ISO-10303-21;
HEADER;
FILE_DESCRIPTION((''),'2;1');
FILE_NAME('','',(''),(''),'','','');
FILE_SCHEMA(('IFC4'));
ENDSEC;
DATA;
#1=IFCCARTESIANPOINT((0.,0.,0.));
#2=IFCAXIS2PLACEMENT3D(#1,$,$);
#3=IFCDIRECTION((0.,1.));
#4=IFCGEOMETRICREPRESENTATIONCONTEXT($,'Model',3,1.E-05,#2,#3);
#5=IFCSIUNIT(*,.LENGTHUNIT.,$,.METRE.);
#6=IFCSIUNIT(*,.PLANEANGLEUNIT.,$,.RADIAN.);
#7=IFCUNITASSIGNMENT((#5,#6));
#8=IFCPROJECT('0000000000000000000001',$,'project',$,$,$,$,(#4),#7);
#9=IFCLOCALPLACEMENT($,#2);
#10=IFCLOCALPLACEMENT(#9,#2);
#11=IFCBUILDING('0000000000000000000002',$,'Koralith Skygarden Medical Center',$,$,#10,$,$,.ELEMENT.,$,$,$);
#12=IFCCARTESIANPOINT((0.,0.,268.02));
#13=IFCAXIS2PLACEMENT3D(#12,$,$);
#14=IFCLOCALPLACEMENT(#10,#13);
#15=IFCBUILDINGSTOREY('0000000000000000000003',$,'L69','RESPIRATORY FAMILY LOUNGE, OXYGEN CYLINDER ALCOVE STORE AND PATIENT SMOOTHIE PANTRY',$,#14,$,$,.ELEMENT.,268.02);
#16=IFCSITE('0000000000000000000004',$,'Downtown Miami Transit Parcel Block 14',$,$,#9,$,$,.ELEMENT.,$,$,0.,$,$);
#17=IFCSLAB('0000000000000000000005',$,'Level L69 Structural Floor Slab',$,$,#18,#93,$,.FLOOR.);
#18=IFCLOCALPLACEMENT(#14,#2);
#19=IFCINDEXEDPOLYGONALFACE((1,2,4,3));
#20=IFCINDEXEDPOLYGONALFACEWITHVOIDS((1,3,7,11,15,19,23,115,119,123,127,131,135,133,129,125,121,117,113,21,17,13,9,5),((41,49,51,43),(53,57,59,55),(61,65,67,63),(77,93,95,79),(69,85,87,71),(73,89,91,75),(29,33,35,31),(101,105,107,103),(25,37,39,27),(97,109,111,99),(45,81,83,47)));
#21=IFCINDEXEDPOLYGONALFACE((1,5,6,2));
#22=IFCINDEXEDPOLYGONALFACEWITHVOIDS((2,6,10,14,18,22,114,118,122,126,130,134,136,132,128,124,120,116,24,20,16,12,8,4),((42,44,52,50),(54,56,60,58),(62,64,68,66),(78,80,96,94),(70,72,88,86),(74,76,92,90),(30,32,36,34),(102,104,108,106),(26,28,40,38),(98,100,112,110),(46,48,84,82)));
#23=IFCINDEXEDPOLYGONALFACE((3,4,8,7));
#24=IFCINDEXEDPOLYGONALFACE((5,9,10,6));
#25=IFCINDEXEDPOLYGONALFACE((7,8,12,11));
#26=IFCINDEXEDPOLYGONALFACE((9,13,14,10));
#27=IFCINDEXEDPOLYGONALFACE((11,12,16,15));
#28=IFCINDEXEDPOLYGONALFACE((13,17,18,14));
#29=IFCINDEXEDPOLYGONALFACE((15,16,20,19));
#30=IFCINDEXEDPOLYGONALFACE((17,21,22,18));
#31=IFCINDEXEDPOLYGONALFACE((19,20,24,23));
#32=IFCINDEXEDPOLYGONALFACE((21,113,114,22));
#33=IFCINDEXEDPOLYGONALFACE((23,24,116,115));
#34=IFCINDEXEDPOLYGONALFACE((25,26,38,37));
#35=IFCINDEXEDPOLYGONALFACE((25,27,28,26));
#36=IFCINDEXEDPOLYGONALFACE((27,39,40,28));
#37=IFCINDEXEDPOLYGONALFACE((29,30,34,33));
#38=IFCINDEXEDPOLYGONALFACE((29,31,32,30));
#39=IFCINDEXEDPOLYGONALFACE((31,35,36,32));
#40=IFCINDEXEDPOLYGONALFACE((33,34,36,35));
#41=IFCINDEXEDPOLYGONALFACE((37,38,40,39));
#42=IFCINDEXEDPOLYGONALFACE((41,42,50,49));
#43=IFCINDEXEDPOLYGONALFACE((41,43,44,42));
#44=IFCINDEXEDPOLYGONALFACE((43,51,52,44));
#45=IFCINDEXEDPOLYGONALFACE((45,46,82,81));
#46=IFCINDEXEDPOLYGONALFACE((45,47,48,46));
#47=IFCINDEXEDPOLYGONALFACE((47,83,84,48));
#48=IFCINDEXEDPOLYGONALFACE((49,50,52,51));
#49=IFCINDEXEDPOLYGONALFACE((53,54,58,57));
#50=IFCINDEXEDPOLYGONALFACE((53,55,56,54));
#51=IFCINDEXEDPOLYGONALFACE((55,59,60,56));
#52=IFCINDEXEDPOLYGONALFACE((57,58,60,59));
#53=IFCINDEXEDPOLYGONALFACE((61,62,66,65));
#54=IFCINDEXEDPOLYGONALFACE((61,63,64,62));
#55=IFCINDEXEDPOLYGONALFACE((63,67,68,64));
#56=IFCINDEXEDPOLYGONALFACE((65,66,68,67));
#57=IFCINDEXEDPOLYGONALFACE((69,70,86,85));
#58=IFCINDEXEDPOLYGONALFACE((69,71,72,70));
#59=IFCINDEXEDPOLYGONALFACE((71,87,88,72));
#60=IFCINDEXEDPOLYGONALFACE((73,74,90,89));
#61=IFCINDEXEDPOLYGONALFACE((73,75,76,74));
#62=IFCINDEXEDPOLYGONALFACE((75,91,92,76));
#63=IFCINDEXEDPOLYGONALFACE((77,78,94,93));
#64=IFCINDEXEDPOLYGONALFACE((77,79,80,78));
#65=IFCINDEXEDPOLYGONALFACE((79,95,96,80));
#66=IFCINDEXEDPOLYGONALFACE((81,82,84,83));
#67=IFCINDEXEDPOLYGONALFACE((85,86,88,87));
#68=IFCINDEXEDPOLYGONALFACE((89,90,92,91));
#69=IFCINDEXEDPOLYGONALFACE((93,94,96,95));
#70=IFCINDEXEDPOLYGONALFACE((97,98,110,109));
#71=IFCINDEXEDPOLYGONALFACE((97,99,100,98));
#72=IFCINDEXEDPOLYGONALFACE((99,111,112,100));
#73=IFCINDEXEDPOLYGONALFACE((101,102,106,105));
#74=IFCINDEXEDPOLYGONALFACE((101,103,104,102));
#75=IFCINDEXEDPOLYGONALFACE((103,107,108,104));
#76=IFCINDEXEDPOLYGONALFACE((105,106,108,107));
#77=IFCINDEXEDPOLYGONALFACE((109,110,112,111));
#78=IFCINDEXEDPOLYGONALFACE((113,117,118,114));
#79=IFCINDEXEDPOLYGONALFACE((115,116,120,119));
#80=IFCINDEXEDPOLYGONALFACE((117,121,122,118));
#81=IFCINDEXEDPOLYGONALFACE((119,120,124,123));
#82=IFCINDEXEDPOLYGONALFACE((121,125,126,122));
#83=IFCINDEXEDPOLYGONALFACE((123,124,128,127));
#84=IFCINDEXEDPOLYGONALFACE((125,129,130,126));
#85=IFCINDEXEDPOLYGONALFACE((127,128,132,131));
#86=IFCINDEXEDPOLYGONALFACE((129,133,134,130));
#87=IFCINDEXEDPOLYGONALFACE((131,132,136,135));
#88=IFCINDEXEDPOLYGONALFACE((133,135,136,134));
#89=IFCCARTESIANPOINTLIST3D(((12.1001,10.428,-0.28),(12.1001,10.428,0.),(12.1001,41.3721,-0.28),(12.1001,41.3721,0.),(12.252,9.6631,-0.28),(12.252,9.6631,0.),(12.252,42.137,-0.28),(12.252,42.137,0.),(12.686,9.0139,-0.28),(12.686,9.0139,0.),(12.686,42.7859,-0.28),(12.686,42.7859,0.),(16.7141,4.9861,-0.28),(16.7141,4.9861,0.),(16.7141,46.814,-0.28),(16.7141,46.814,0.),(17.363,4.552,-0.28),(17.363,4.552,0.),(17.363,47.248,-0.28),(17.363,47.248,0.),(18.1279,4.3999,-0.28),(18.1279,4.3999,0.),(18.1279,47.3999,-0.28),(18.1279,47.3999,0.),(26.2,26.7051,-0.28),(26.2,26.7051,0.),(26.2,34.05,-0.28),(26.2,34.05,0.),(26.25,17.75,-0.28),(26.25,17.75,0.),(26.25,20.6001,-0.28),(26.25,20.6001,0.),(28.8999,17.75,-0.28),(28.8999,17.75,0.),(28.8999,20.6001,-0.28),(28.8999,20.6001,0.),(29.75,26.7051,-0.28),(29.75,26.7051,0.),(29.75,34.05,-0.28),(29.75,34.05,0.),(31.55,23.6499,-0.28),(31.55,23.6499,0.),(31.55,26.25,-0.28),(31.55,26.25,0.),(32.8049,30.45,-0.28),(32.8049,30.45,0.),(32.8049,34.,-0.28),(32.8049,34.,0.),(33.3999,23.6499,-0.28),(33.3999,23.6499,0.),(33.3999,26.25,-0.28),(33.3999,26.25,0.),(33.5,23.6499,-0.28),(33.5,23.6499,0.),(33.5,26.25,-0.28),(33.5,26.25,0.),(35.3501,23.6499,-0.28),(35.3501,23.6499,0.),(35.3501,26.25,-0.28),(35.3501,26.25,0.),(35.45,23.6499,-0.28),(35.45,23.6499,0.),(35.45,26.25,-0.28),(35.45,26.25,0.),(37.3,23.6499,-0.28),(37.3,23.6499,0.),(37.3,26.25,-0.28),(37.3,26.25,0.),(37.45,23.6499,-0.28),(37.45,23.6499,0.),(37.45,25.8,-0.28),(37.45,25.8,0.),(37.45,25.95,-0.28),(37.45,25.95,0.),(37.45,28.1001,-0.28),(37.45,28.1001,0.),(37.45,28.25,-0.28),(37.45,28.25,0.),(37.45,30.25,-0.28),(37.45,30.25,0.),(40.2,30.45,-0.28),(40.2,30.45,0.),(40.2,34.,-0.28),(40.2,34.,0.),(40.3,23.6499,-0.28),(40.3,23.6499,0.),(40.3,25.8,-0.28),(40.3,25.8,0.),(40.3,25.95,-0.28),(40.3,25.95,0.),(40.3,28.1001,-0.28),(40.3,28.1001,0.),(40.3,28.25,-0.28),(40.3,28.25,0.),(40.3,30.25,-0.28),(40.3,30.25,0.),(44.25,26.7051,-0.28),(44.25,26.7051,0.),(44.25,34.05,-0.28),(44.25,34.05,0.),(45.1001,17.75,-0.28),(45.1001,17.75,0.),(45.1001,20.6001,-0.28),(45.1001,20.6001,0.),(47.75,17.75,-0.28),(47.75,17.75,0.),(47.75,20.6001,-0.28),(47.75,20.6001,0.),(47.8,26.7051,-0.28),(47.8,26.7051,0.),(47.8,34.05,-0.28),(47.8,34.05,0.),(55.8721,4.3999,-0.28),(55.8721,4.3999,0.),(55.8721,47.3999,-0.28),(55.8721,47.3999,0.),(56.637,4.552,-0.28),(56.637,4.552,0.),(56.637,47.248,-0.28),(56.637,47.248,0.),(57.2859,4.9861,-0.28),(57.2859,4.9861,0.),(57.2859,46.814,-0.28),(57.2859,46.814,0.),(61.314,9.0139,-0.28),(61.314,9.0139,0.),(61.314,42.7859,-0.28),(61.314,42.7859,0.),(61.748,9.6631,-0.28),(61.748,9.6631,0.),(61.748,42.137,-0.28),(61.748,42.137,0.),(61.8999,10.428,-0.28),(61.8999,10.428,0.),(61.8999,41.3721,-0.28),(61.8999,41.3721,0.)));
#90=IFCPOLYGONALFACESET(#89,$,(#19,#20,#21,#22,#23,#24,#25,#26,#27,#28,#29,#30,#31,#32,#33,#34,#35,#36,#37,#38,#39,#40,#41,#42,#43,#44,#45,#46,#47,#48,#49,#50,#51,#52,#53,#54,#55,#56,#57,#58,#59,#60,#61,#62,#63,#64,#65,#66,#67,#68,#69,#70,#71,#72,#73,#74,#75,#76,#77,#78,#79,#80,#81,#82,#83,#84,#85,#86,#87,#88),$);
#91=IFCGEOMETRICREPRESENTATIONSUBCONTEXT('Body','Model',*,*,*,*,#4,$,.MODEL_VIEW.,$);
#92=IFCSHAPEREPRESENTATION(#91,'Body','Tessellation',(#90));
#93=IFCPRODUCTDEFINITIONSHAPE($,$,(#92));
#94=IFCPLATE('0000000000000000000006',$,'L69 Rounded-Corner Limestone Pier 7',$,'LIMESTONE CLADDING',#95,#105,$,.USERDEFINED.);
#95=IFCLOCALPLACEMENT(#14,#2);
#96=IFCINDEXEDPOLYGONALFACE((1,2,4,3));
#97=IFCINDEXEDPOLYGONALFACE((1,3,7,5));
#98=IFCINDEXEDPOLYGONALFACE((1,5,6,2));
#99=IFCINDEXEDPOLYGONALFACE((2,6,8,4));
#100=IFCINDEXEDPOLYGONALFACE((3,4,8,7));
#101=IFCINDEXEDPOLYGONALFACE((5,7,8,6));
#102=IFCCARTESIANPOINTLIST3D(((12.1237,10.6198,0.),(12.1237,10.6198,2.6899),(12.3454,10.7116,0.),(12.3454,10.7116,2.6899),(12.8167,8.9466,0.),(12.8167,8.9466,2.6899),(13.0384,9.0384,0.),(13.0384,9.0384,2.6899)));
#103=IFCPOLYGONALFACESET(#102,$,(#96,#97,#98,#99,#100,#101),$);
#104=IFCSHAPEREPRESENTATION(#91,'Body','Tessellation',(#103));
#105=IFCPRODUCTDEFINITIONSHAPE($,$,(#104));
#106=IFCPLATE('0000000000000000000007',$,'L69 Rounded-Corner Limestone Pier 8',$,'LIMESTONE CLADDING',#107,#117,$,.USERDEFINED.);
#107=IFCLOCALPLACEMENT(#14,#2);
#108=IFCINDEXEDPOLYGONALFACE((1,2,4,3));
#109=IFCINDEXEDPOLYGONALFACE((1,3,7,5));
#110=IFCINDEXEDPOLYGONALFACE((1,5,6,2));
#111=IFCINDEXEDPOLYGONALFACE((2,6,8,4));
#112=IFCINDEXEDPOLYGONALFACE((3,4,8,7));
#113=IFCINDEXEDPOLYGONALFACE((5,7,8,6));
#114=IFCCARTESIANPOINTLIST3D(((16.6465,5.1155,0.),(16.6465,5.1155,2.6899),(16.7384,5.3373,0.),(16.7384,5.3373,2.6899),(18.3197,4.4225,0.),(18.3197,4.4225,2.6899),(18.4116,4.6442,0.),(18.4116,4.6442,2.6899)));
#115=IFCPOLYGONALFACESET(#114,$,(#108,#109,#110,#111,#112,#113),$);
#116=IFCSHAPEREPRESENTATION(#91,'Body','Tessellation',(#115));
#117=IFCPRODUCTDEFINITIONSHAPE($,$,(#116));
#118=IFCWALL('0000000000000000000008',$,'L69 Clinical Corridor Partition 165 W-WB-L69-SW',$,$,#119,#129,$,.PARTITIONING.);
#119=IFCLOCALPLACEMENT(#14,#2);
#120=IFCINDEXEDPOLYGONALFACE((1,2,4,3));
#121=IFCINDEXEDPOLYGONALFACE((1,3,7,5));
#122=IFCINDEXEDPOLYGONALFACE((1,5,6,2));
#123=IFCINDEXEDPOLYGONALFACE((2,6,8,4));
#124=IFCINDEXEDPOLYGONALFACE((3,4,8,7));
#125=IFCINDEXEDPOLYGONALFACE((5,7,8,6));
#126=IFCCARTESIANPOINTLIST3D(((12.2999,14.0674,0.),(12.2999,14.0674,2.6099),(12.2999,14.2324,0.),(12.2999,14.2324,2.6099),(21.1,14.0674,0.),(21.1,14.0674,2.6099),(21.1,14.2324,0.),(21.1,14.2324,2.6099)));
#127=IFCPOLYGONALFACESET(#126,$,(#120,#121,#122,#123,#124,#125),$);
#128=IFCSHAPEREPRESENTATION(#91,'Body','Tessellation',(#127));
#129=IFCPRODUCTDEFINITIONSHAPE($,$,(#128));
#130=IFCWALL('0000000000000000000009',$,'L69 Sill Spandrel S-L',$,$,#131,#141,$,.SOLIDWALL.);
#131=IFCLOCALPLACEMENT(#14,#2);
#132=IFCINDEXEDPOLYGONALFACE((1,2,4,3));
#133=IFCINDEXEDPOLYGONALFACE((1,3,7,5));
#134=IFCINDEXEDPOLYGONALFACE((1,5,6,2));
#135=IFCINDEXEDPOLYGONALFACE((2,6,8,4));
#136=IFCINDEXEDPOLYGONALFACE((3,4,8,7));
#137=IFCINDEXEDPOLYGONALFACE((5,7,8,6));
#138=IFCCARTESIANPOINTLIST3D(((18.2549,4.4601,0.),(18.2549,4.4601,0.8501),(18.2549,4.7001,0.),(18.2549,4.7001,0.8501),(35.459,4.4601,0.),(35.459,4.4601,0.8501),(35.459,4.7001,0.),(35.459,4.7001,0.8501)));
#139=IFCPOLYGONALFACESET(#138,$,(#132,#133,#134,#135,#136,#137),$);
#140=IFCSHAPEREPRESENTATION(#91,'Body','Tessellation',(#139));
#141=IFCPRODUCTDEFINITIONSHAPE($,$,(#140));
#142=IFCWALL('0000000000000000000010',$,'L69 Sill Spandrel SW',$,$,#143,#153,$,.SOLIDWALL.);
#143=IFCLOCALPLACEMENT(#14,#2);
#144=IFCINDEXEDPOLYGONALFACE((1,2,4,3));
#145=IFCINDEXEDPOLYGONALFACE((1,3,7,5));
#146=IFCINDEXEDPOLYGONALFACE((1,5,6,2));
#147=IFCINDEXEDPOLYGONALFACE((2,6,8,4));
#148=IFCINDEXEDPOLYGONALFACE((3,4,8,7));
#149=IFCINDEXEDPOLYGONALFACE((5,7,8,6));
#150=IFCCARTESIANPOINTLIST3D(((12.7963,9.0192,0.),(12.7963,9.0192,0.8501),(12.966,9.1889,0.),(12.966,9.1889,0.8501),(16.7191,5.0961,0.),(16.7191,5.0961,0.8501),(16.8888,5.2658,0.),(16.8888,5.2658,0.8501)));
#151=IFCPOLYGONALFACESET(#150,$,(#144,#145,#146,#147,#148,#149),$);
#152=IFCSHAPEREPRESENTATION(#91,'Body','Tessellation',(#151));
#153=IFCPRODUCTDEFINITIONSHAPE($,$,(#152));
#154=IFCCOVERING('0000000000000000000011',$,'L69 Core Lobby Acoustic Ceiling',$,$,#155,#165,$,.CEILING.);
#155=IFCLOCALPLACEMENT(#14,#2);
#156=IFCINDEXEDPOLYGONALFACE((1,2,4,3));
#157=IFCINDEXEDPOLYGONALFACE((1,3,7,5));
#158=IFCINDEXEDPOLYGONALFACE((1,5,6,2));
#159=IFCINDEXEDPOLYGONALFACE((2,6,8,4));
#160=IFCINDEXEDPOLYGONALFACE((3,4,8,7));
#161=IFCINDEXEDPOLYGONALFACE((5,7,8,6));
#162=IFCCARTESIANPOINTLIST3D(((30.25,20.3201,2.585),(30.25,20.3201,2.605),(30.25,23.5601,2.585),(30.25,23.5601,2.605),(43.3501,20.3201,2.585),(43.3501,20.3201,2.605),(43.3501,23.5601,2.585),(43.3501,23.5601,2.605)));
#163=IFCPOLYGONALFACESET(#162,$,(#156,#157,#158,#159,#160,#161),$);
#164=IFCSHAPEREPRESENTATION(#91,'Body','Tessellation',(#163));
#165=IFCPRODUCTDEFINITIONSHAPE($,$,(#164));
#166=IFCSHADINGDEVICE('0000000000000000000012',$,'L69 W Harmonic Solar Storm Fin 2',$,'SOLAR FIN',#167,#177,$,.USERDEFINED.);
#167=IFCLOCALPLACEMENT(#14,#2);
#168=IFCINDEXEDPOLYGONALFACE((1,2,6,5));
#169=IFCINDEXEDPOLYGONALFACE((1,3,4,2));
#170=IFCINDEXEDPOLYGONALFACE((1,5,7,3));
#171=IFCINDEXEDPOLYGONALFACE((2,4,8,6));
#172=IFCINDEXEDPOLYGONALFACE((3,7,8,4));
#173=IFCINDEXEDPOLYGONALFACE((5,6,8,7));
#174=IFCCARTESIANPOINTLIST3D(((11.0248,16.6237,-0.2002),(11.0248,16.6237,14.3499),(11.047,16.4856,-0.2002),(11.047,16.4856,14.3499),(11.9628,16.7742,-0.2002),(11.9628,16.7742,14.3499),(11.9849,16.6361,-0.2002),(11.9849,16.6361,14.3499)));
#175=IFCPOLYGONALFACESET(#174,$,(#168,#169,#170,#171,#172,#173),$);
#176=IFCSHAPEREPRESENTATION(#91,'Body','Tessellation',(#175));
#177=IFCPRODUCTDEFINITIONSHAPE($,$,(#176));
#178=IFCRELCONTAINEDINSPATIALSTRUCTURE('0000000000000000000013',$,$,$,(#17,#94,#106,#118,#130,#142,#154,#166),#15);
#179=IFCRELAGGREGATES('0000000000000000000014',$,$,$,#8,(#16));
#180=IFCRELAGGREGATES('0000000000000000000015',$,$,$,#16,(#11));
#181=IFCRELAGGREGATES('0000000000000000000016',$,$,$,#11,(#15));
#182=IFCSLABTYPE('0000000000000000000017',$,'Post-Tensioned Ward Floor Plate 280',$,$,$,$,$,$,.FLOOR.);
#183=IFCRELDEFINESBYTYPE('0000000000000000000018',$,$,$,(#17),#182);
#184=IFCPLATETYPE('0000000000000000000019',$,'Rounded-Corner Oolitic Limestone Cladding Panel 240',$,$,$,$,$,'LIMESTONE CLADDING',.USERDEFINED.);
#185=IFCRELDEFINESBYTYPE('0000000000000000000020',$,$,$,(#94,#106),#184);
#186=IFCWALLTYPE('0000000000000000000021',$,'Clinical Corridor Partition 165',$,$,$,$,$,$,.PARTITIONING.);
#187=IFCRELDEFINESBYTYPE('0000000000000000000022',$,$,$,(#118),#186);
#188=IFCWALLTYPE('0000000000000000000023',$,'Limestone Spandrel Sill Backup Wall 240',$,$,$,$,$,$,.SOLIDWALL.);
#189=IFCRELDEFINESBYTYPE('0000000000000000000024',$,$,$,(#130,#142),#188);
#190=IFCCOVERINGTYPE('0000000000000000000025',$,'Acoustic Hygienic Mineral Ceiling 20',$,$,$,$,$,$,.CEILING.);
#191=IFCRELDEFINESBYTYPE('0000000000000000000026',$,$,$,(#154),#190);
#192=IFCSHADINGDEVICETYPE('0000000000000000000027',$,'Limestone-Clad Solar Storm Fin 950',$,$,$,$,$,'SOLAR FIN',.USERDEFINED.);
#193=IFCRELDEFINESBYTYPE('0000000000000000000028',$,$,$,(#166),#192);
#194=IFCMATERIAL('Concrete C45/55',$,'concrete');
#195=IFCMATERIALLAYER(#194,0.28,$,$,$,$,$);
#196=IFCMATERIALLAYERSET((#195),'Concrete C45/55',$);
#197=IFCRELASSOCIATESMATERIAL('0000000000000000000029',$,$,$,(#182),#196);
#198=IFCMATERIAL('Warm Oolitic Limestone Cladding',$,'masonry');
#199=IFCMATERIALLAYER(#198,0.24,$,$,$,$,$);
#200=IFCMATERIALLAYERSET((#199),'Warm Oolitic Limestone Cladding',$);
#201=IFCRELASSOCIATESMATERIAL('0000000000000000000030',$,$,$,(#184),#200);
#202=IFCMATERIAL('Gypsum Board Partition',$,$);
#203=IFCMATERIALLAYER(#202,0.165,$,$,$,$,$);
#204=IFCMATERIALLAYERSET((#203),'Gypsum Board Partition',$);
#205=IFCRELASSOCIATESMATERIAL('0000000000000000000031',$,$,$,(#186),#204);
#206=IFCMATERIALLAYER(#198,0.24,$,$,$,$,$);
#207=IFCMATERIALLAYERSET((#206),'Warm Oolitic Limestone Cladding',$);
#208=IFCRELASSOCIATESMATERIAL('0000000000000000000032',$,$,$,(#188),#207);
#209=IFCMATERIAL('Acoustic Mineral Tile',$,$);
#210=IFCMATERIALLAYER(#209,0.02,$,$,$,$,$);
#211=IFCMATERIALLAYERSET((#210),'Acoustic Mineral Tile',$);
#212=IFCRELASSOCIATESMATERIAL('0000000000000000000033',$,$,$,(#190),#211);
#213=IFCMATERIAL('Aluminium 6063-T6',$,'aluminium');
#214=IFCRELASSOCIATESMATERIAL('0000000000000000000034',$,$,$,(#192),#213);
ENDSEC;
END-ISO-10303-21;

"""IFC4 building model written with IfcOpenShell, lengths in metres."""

from ifc_helpers import new_model, si_unit, direction, frame, frame_2d, origin, origin_2d, place, context, subcontext, project, spatial, polyline, rectangle, outline, extrude, material, layer, layer_set, type_object, element, save


model = new_model("IFC4")

# Units and contexts
model_context = context("Model", 3, precision=1e-05, world=origin(), true_north=direction((0.0, 1.0)))
body_context = subcontext(model_context, "Body", "Model", "MODEL_VIEW")
ifc_project = project(units=[si_unit("LENGTHUNIT", "METRE"), si_unit("PLANEANGLEUNIT", "RADIAN")], contexts=[model_context])

# Site, building, storey
site_placement = place(None, origin())
site = spatial("IfcSite", under=ifc_project, at=site_placement, Name="Downtown Miami Transit Parcel Block 14", CompositionType="ELEMENT", RefElevation=0.0)
building_placement = place(site_placement, origin())
building = spatial("IfcBuilding", under=site, at=building_placement, Name="Koralith Skygarden Medical Center", CompositionType="ELEMENT")
storey_placement = place(building_placement, frame((0.0, 0.0, 268.02)))
storey = spatial("IfcBuildingStorey", under=building, at=storey_placement, Name="L69", Description="RESPIRATORY FAMILY LOUNGE, OXYGEN CYLINDER ALCOVE STORE AND PATIENT SMOOTHIE PANTRY", CompositionType="ELEMENT", Elevation=268.02)

# Shared definitions
ifc_material_1 = material(Name="Aluminium 6063-T6", Category="aluminium")

# Shared definitions
ifc_material_2 = material(Name="Concrete C45/55", Category="concrete")

# Slab
ifc_layer_1 = layer(ifc_material_2, 0.28)
ifc_layer_set_1 = layer_set([ifc_layer_1], Name="Concrete C45/55")
slab_type_1 = type_object("IfcSlabType", Name="Post-Tensioned Ward Floor Plate 280", PredefinedType="FLOOR", material=ifc_layer_set_1)
slab_1_placement = place(storey_placement, frame((0.0, 0.0, -0.28)))
element("IfcSlab", 1, at=slab_1_placement, inside=storey, type_object=slab_type_1, Name="Level L69 Structural Floor Slab", PredefinedType="FLOOR", context=body_context, shape_type="SweptSolid", body=[
    extrude(outline(polyline([(16.7141, 4.9861), (17.363, 4.552), (18.1279, 4.3999), (55.8721, 4.3999), (56.637, 4.552), (57.2859, 4.9861), (61.314, 9.0139), (61.748, 9.6631), (61.8999, 10.428), (61.8999, 41.3721), (61.748, 42.137), (61.314, 42.7859), (57.2859, 46.814), (56.637, 47.248), (55.8721, 47.3999), (18.1279, 47.3999), (17.363, 47.248), (16.7141, 46.814), (12.686, 42.7859), (12.252, 42.137), (12.1001, 41.3721), (12.1001, 10.428), (12.252, 9.6631), (12.686, 9.0139), (16.7141, 4.9861)]), holes=[polyline([(26.2, 26.7051), (29.75, 26.7051), (29.75, 34.05), (26.2, 34.05), (26.2, 26.7051)]), polyline([(44.25, 26.7051), (47.8, 26.7051), (47.8, 34.05), (44.25, 34.05), (44.25, 26.7051)]), polyline([(32.8049, 30.45), (40.2, 30.45), (40.2, 34.0), (32.8049, 34.0), (32.8049, 30.45)]), polyline([(26.25, 17.75), (28.8999, 17.75), (28.8999, 20.6001), (26.25, 20.6001), (26.25, 17.75)]), polyline([(45.1001, 17.75), (47.75, 17.75), (47.75, 20.6001), (45.1001, 20.6001), (45.1001, 17.75)]), polyline([(31.55, 23.6499), (33.3999, 23.6499), (33.3999, 26.25), (31.55, 26.25), (31.55, 23.6499)]), polyline([(33.5, 23.6499), (35.3501, 23.6499), (35.3501, 26.25), (33.5, 26.25), (33.5, 23.6499)]), polyline([(35.45, 23.6499), (37.3, 23.6499), (37.3, 26.25), (35.45, 26.25), (35.45, 23.6499)]), polyline([(37.45, 23.6499), (40.3, 23.6499), (40.3, 25.8), (37.45, 25.8), (37.45, 23.6499)]), polyline([(37.45, 25.95), (40.3, 25.95), (40.3, 28.1001), (37.45, 28.1001), (37.45, 25.95)]), polyline([(37.45, 28.25), (40.3, 28.25), (40.3, 30.25), (37.45, 30.25), (37.45, 28.25)])]), origin(), (0.0, 0.0, 1.0), 0.28),
])

# Plates
ifc_material_3 = material(Name="Warm Oolitic Limestone Cladding", Category="masonry")
ifc_layer_2 = layer(ifc_material_3, 0.24)
ifc_layer_set_2 = layer_set([ifc_layer_2], Name="Warm Oolitic Limestone Cladding")
plate_type_1 = type_object("IfcPlateType", Name="Rounded-Corner Oolitic Limestone Cladding Panel 240", ElementType="LIMESTONE CLADDING", PredefinedType="USERDEFINED", material=ifc_layer_set_2)
for number, where, z_axis, x_axis, name in (
    (2, (12.5811, 9.8291, 0.0), (0.0, 0.0, 1.0), (0.382671, -0.923885, 0.0), "L69 Rounded-Corner Limestone Pier 7"),
    (3, (17.5291, 4.8799, 0.0), (0.0, 0.0, 1.0), (0.923885, -0.382671, 0.0), "L69 Rounded-Corner Limestone Pier 8"),
):
    element("IfcPlate", number, at=place(storey_placement, frame(where, z_axis=z_axis, x_axis=x_axis)), inside=storey, type_object=plate_type_1, Name=name, ObjectType="LIMESTONE CLADDING", PredefinedType="USERDEFINED", context=body_context, shape_type="SweptSolid", body=[
        extrude(rectangle(XDim=1.811, YDim=0.24, at=origin_2d()), origin(), (0.0, 0.0, 1.0), 2.6899),
    ])

# Walls
ifc_material_4 = material(Name="Gypsum Board Partition")
ifc_layer_3 = layer(ifc_material_4, 0.165)
ifc_layer_set_3 = layer_set([ifc_layer_3], Name="Gypsum Board Partition")
wall_type_1 = type_object("IfcWallType", Name="Clinical Corridor Partition 165", PredefinedType="PARTITIONING", material=ifc_layer_set_3)
wall_1_placement = place(storey_placement, frame((12.3, 14.1499, 0.0), z_axis=(0.0, 0.0, 1.0), x_axis=(1.0, 0.0, 0.0)))
element("IfcWall", 4, at=wall_1_placement, inside=storey, type_object=wall_type_1, Name="L69 Clinical Corridor Partition 165 W-WB-L69-SW", PredefinedType="PARTITIONING", context=body_context, shape_type="SweptSolid", body=[
    extrude(rectangle(XDim=8.8, YDim=0.165, at=frame_2d((4.3999, 0.0))), origin(), (0.0, 0.0, 1.0), 2.6099),
])
ifc_layer_4 = layer(ifc_material_3, 0.24)
ifc_layer_set_4 = layer_set([ifc_layer_4], Name="Warm Oolitic Limestone Cladding")
wall_type_2 = type_object("IfcWallType", Name="Limestone Spandrel Sill Backup Wall 240", PredefinedType="SOLIDWALL", material=ifc_layer_set_4)
wall_2_placement = place(storey_placement, frame((18.2549, 4.5801, 0.0), z_axis=(0.0, 0.0, 1.0), x_axis=(1.0, 0.0, 0.0)))
element("IfcWall", 5, at=wall_2_placement, inside=storey, type_object=wall_type_2, Name="L69 Sill Spandrel S-L", PredefinedType="SOLIDWALL", context=body_context, shape_type="SweptSolid", body=[
    extrude(rectangle(XDim=17.2041, YDim=0.24, at=frame_2d((8.6021, 0.0))), origin(), (0.0, 0.0, 1.0), 0.8501),
])
wall_3_placement = place(storey_placement, frame((12.8811, 9.104, 0.0), z_axis=(0.0, 0.0, 1.0), x_axis=(0.707085, -0.707129, 0.0)))
element("IfcWall", 6, at=wall_3_placement, inside=storey, type_object=wall_type_2, Name="L69 Sill Spandrel SW", PredefinedType="SOLIDWALL", context=body_context, shape_type="SweptSolid", body=[
    extrude(rectangle(XDim=5.5479, YDim=0.24, at=frame_2d((2.7739, 0.0))), origin(), (0.0, 0.0, 1.0), 0.8501),
])

# Covering
ifc_material_5 = material(Name="Acoustic Mineral Tile")
ifc_layer_5 = layer(ifc_material_5, 0.02)
ifc_layer_set_5 = layer_set([ifc_layer_5], Name="Acoustic Mineral Tile")
covering_type_1 = type_object("IfcCoveringType", Name="Acoustic Hygienic Mineral Ceiling 20", PredefinedType="CEILING", material=ifc_layer_set_5)
covering_1_placement = place(storey_placement, frame((0.0, 0.0, 2.585)))
element("IfcCovering", 7, at=covering_1_placement, inside=storey, type_object=covering_type_1, Name="L69 Core Lobby Acoustic Ceiling", PredefinedType="CEILING", context=body_context, shape_type="SweptSolid", body=[
    extrude(outline(polyline([(30.25, 20.3201), (43.3501, 20.3201), (43.3501, 23.5601), (30.25, 23.5601), (30.25, 20.3201)])), origin(), (0.0, 0.0, 1.0), 0.02),
])

# Shading device
shading_device_type = type_object("IfcShadingDeviceType", Name="Limestone-Clad Solar Storm Fin 950", ElementType="SOLAR FIN", PredefinedType="USERDEFINED", material=ifc_material_1)
for number, where, z_axis, x_axis, name in (
    (8, (11.5049, 16.6299, -0.2002), (0.0, 0.0, 1.0), (-0.987375, -0.158399, 0.0), "L69 W Harmonic Solar Storm Fin 2"),
):
    element("IfcShadingDevice", number, at=place(storey_placement, frame(where, z_axis=z_axis, x_axis=x_axis)), inside=storey, type_object=shading_device_type, Name=name, ObjectType="SOLAR FIN", PredefinedType="USERDEFINED", context=body_context, shape_type="SweptSolid", body=[
        extrude(rectangle(XDim=0.95, YDim=0.1399, at=origin_2d()), origin(), (0.0, 0.0, 1.0), 14.55),
    ])

save(model, "model.ifc")
